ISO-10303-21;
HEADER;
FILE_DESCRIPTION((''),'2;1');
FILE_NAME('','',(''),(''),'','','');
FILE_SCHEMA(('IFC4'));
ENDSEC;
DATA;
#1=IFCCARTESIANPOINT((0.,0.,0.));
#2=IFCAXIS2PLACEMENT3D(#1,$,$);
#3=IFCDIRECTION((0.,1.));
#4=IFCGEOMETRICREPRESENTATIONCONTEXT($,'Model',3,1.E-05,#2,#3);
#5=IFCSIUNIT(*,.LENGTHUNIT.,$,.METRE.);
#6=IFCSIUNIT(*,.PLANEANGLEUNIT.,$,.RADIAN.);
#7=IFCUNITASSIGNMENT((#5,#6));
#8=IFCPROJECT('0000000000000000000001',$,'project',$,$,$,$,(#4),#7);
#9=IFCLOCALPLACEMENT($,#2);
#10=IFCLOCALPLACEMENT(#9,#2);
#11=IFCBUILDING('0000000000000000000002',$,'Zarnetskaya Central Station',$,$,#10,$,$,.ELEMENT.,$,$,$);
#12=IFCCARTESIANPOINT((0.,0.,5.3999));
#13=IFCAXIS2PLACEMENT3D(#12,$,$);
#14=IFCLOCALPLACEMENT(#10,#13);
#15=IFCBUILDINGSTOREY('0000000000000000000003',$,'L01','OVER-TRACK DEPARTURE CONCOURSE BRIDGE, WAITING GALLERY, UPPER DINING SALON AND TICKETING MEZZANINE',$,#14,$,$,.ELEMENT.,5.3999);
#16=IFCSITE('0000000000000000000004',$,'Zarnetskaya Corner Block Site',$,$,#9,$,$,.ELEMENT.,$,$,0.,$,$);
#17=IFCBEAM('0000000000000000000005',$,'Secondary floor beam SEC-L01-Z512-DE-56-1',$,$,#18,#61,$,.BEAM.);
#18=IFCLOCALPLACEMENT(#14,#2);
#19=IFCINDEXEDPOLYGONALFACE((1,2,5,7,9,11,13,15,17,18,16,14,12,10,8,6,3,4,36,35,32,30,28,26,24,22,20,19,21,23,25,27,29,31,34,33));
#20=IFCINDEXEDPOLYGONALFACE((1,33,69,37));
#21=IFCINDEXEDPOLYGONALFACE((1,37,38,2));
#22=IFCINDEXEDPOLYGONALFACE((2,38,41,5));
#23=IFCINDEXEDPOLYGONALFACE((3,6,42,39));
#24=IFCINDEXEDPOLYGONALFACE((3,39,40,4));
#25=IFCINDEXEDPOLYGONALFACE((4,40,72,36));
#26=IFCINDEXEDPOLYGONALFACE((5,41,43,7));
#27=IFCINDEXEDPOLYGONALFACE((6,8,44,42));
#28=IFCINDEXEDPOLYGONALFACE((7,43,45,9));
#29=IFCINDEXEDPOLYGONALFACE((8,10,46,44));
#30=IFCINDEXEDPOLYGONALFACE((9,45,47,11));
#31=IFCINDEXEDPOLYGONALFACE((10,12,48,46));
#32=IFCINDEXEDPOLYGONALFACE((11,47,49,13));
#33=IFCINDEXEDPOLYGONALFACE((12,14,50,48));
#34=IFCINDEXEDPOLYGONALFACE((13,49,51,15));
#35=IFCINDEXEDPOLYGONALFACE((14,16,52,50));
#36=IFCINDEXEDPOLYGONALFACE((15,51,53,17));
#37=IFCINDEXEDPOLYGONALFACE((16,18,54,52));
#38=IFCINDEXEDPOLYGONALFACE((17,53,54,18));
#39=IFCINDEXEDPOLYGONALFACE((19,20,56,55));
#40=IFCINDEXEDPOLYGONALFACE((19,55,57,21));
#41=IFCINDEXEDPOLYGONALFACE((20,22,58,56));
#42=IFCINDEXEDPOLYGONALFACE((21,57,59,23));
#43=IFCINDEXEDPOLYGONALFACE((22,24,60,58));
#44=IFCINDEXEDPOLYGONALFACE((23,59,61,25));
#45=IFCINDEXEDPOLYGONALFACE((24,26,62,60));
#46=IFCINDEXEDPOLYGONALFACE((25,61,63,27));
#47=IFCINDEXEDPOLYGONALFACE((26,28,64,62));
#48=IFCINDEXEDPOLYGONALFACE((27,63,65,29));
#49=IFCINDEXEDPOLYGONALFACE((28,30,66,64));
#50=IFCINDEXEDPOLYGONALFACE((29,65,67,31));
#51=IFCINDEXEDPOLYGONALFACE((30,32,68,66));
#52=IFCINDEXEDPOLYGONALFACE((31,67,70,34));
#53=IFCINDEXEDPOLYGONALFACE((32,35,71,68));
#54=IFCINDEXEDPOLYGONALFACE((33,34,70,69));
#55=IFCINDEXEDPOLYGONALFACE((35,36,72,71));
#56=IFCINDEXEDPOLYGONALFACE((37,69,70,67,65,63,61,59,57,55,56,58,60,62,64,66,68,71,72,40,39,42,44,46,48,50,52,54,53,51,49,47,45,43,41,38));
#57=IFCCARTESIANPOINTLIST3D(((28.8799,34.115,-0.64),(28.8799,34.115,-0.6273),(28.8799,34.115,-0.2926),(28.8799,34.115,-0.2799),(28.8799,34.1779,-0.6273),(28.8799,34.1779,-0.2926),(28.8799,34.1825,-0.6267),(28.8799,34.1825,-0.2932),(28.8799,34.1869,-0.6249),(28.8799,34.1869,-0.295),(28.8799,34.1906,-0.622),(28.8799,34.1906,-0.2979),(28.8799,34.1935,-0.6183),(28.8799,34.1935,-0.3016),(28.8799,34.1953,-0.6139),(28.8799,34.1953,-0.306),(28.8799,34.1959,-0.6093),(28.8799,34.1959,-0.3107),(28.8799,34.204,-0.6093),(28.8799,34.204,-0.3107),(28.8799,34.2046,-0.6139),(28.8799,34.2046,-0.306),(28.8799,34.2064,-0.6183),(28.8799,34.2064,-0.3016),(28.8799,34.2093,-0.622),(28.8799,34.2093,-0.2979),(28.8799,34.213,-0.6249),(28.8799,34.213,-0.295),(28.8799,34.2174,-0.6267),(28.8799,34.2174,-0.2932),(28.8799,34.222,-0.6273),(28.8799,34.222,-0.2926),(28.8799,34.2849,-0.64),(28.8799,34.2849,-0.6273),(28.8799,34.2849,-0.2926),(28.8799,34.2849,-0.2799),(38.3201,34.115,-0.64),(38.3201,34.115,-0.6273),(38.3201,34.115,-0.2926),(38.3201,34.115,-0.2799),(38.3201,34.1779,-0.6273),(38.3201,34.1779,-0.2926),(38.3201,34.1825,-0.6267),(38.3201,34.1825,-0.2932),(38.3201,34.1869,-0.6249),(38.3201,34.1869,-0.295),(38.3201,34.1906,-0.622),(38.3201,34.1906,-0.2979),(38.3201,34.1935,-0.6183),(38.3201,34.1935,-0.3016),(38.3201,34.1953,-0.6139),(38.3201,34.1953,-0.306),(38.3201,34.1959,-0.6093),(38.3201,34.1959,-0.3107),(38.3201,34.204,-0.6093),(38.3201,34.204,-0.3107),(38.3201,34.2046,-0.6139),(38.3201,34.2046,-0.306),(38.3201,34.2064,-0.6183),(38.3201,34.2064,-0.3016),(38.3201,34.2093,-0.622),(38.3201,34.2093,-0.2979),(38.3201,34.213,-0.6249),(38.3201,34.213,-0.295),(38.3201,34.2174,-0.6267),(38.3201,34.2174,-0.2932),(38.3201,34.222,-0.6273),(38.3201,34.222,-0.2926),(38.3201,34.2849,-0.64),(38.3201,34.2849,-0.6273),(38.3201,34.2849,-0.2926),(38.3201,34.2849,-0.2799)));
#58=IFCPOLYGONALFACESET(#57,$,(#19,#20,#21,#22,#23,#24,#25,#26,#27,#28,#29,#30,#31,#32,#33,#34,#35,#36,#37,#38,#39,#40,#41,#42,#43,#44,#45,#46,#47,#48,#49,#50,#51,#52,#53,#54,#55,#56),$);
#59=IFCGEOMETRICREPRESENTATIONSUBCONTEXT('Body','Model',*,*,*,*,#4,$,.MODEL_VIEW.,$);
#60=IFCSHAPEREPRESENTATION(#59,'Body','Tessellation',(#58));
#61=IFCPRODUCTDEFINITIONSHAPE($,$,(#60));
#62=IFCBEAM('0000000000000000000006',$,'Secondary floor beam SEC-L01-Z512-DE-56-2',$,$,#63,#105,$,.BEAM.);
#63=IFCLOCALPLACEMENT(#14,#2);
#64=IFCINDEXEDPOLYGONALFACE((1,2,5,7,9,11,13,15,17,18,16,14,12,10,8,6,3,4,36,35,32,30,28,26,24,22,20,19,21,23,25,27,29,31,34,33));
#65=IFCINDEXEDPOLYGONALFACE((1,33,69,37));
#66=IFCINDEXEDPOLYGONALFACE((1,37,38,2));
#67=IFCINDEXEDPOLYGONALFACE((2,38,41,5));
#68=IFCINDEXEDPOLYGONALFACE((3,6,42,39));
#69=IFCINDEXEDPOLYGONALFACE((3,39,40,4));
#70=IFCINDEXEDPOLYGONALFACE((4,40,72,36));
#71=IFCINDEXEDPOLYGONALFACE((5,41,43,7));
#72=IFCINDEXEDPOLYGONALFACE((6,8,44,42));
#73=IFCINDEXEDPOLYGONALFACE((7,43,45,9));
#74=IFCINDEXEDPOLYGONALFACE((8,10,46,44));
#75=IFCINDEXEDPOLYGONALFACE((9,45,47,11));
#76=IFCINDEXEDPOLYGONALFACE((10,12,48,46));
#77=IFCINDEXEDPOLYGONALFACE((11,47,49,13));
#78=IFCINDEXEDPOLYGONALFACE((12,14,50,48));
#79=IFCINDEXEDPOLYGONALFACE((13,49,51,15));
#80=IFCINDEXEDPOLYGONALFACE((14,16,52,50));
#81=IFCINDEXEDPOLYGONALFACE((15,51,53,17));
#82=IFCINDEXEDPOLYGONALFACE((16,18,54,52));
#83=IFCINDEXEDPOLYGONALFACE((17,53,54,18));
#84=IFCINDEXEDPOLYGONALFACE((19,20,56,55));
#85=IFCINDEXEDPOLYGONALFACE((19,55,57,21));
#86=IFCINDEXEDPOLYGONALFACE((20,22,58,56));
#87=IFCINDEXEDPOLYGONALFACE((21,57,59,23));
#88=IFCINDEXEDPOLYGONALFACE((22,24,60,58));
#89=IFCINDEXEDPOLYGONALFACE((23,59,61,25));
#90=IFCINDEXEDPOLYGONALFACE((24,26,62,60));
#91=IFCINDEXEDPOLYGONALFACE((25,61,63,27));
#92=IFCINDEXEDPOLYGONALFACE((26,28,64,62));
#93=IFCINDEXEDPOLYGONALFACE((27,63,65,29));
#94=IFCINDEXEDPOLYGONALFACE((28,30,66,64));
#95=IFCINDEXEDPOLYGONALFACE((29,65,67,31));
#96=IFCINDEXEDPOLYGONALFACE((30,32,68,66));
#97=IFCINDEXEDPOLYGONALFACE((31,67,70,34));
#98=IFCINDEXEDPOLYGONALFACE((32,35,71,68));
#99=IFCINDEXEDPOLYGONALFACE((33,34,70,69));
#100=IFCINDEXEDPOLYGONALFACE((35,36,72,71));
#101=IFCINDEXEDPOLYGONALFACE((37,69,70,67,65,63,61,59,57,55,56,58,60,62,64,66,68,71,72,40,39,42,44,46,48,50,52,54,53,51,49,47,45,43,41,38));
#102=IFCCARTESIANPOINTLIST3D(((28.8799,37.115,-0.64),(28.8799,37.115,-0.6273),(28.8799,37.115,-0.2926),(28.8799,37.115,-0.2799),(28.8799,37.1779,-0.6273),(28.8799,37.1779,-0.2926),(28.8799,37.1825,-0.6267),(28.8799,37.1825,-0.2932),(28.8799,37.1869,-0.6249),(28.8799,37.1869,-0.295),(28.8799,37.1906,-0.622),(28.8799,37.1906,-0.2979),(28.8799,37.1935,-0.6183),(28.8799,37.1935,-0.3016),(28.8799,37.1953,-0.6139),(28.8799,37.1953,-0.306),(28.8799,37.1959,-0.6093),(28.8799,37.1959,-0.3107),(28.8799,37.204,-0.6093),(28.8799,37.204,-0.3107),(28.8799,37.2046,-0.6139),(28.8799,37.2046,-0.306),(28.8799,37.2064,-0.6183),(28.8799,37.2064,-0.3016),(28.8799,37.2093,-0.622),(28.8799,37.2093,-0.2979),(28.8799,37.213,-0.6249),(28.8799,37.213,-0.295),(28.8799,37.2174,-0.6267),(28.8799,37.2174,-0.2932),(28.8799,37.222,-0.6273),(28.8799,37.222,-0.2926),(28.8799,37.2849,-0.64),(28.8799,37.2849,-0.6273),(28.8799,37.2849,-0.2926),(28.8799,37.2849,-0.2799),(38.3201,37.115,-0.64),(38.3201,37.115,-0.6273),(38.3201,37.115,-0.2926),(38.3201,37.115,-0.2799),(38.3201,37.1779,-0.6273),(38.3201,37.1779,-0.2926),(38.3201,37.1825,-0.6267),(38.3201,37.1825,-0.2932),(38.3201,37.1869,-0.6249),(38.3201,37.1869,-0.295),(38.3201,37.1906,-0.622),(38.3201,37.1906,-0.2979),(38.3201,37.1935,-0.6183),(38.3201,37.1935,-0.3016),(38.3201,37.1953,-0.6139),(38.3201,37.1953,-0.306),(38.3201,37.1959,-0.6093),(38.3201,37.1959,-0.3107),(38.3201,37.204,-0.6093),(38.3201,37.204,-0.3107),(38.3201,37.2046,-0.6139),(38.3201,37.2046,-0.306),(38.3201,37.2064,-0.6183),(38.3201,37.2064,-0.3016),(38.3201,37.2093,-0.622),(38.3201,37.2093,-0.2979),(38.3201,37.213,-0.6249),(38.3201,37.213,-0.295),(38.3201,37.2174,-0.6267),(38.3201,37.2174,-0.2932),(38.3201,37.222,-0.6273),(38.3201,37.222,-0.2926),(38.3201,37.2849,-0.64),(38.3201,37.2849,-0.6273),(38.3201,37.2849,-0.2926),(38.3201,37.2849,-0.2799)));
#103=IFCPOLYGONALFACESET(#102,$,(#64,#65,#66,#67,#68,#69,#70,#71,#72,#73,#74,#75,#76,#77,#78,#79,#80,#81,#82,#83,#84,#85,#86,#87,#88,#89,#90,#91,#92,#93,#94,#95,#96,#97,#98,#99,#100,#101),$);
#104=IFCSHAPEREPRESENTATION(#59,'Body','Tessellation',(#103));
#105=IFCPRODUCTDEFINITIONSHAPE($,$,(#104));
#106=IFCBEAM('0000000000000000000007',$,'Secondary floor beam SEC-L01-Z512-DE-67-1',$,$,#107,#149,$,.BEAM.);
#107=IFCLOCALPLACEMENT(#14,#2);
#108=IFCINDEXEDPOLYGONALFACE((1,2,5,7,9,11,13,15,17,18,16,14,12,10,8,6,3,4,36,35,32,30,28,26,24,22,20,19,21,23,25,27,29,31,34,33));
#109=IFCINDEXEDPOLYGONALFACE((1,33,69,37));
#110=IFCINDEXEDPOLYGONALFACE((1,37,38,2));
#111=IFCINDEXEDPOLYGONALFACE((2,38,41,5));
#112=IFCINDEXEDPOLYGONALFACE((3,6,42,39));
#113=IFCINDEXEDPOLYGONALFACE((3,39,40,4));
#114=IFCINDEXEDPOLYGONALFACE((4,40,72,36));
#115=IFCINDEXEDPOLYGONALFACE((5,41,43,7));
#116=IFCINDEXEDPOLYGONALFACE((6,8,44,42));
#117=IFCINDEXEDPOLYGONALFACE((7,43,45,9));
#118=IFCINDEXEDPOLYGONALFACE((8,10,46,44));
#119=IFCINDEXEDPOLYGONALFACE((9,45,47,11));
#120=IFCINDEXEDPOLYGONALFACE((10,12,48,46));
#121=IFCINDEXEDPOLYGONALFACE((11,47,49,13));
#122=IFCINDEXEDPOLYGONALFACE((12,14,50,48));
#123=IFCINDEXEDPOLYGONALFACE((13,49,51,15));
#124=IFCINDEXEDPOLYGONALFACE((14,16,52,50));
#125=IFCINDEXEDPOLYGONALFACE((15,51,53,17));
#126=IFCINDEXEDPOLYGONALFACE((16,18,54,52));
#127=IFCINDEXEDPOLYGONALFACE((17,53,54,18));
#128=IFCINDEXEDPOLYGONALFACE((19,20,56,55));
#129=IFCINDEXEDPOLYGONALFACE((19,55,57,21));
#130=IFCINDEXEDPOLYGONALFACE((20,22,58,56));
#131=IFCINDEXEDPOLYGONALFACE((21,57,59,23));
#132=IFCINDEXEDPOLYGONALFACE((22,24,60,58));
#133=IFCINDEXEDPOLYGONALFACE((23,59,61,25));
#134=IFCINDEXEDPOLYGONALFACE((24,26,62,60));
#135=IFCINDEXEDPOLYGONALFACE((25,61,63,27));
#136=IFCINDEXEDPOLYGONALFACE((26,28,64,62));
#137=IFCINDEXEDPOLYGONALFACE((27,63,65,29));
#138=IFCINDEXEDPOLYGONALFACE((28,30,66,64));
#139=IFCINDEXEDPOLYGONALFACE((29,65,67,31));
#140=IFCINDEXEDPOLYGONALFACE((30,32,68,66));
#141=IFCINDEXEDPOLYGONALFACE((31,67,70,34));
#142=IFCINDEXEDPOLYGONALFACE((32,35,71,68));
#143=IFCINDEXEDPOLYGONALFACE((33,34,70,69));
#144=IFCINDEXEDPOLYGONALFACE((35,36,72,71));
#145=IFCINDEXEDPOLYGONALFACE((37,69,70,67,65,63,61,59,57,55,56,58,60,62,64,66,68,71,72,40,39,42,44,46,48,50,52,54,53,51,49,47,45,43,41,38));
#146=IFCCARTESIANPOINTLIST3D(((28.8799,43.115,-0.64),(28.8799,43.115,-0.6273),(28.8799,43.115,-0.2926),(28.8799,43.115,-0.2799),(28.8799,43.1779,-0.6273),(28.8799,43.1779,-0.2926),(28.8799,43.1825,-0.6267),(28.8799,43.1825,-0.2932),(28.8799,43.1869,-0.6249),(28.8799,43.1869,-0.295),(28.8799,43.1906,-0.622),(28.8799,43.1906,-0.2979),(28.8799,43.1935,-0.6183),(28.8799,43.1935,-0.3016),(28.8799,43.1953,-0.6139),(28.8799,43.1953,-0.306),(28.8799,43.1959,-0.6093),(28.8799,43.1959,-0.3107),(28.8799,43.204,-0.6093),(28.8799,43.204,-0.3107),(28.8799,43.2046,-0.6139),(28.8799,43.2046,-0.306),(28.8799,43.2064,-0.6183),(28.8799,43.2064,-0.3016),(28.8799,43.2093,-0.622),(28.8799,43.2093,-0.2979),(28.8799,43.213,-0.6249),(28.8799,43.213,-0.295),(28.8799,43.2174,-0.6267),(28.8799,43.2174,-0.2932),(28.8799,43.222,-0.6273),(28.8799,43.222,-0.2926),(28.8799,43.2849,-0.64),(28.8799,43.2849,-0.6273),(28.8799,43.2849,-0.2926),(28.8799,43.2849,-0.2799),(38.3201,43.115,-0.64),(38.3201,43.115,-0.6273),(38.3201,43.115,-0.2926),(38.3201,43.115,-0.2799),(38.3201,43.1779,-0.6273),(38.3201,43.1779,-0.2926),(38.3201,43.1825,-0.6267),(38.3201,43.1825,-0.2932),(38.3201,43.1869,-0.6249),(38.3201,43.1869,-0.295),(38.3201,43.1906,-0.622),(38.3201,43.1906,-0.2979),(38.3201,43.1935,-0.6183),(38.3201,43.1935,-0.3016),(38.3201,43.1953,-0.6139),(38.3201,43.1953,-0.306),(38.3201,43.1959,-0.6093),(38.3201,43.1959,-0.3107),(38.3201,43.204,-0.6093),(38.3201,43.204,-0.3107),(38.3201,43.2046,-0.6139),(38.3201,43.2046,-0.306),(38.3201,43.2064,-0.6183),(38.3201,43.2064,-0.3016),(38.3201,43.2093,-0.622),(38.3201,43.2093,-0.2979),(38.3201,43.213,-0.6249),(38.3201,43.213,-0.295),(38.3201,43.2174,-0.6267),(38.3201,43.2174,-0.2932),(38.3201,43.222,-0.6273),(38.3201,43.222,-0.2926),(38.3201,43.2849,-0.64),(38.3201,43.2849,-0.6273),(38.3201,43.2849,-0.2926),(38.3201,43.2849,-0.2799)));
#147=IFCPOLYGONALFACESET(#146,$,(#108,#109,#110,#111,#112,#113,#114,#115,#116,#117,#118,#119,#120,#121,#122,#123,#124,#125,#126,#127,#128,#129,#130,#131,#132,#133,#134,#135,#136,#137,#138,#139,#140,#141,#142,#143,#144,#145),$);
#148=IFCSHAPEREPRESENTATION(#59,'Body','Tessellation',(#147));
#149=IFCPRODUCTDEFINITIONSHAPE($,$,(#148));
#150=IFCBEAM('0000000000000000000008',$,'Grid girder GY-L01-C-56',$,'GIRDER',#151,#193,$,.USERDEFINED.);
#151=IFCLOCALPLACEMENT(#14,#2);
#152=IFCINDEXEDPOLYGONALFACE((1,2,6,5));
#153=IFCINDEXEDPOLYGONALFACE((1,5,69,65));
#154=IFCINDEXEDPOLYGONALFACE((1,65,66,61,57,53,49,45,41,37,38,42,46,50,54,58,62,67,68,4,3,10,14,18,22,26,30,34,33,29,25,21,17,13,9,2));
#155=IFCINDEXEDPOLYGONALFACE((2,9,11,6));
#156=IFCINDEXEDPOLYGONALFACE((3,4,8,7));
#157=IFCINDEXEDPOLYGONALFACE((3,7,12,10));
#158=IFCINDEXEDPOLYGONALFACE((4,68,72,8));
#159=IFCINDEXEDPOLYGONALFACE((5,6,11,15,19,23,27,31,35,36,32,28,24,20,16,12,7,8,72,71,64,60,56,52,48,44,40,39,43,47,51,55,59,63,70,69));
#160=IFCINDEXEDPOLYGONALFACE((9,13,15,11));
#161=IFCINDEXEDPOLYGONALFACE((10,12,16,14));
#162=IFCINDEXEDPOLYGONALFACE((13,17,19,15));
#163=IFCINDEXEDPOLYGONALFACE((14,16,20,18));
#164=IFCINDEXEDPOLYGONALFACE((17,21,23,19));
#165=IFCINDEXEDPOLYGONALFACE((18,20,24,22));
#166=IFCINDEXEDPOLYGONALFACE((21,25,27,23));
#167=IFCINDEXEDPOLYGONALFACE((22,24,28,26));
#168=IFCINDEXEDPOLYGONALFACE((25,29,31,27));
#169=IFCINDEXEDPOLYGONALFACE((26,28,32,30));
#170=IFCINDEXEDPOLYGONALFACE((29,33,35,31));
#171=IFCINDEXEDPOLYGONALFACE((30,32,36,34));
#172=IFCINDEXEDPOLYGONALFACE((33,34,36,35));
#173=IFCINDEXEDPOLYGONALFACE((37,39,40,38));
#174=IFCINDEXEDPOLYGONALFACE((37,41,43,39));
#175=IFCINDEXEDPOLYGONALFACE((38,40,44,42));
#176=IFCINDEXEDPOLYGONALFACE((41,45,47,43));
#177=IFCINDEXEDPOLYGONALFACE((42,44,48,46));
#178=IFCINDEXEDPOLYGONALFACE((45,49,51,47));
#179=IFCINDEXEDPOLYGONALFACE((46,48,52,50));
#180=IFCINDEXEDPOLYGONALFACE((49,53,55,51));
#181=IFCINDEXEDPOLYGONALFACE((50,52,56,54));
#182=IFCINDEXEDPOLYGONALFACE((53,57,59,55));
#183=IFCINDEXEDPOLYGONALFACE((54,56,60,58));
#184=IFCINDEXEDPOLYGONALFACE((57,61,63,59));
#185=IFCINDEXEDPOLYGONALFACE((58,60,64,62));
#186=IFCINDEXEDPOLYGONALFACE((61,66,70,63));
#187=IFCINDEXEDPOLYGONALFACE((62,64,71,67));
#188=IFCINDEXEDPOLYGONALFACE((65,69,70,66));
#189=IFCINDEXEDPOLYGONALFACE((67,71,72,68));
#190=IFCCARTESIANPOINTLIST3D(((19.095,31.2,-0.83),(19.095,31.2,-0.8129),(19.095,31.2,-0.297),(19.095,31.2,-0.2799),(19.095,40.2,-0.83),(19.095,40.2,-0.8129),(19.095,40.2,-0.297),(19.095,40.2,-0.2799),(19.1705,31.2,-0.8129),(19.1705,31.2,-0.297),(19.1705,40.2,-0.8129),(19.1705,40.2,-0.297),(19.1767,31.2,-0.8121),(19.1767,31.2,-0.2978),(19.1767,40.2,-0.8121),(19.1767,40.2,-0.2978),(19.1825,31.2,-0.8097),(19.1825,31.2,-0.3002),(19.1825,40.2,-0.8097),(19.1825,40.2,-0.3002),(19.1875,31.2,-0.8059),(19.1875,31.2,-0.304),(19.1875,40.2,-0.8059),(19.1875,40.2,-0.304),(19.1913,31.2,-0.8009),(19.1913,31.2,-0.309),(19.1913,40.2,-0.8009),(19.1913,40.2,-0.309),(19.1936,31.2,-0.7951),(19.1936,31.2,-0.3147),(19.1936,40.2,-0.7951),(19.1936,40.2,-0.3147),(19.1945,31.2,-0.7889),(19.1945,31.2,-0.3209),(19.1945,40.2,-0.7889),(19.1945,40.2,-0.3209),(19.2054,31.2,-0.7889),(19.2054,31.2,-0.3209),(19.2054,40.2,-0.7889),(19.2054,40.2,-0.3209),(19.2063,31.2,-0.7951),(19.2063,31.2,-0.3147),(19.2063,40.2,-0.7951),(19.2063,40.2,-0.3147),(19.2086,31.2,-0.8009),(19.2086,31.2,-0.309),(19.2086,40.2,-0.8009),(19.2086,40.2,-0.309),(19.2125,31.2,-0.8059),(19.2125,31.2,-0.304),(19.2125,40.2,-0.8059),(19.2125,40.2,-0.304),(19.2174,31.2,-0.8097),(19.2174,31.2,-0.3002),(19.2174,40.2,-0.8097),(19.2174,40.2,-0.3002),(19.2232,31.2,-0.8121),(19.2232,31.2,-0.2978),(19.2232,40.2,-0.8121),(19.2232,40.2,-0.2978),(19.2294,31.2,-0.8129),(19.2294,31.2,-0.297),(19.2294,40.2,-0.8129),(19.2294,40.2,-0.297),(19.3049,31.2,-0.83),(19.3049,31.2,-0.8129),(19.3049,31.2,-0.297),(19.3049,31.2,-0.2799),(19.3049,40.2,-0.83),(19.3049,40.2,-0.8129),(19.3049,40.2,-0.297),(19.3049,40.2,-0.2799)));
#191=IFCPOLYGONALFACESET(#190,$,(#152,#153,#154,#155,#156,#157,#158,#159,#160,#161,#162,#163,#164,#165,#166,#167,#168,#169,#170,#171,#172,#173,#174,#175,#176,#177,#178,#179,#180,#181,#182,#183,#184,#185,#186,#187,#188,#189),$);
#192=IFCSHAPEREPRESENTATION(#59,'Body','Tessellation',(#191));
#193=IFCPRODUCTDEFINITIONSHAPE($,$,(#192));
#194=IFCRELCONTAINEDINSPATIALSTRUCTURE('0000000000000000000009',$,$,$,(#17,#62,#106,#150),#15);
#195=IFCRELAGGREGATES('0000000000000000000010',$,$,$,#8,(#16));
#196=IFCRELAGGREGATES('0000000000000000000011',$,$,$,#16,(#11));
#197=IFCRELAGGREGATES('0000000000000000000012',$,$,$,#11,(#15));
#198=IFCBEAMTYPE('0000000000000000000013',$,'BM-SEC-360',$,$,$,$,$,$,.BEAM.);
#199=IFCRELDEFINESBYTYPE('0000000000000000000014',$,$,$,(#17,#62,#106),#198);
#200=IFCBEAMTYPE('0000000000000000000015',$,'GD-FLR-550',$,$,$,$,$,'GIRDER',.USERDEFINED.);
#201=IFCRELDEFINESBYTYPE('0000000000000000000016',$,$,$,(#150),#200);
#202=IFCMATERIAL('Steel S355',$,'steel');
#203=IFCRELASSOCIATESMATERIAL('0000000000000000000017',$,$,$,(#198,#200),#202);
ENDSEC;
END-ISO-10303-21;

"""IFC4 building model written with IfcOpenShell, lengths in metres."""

from ifc_helpers import new_model, si_unit, direction, frame, origin, origin_2d, place, context, subcontext, project, spatial, i_section, extrude, material, material_profile, profile_set, type_object, element, save


model = new_model("IFC4")

# Units and contexts
model_context = context("Model", 3, precision=1e-05, world=origin(), true_north=direction((0.0, 1.0)))
body_context = subcontext(model_context, "Body", "Model", "MODEL_VIEW")
ifc_project = project(units=[si_unit("LENGTHUNIT", "METRE"), si_unit("PLANEANGLEUNIT", "RADIAN")], contexts=[model_context])

# Site, building, storey
site_placement = place(None, origin())
site = spatial("IfcSite", under=ifc_project, at=site_placement, Name="Zarnetskaya Corner Block Site", CompositionType="ELEMENT", RefElevation=0.0)
building_placement = place(site_placement, origin())
building = spatial("IfcBuilding", under=site, at=building_placement, Name="Zarnetskaya Central Station", CompositionType="ELEMENT")
storey_placement = place(building_placement, frame((0.0, 0.0, 5.3999)))
storey = spatial("IfcBuildingStorey", under=building, at=storey_placement, Name="L01", Description="OVER-TRACK DEPARTURE CONCOURSE BRIDGE, WAITING GALLERY, UPPER DINING SALON AND TICKETING MEZZANINE", CompositionType="ELEMENT", Elevation=5.3999)

# Shared definitions
ifc_material_1 = material(Name="Steel S355", Category="steel")

# Beams
ifc_material_profile_1 = material_profile(ifc_material_1, i_section(OverallWidth=0.1699, OverallDepth=0.3601, WebThickness=0.0081, FlangeThickness=0.0127, FilletRadius=0.0181, at=origin_2d()), Name="IPE 360")
ifc_profile_set_1 = profile_set([ifc_material_profile_1], Name="Steel S355")
beam_type_1 = type_object("IfcBeamType", Name="BM-SEC-360", PredefinedType="BEAM", material=ifc_profile_set_1)
for number, where, z_axis, x_axis, name in (
    (1, (28.8799, 34.2, -0.46), (1.0, 0.0, 0.0), (0.0, 1.0, 0.0), "Secondary floor beam SEC-L01-Z512-DE-56-1"),
    (2, (28.8799, 37.2, -0.46), (1.0, 0.0, 0.0), (0.0, 1.0, 0.0), "Secondary floor beam SEC-L01-Z512-DE-56-2"),
    (3, (28.8799, 43.2, -0.46), (1.0, 0.0, 0.0), (0.0, 1.0, 0.0), "Secondary floor beam SEC-L01-Z512-DE-67-1"),
):
    element("IfcBeam", number, at=place(storey_placement, frame(where, z_axis=z_axis, x_axis=x_axis)), inside=storey, type_object=beam_type_1, Name=name, PredefinedType="BEAM", context=body_context, shape_type="SweptSolid", body=[
        extrude(i_section(OverallWidth=0.1699, OverallDepth=0.3601, WebThickness=0.0081, FlangeThickness=0.0127, FilletRadius=0.0181, at=origin_2d()), origin(), (0.0, 0.0, 1.0), 9.4402),
    ])
ifc_material_profile_2 = material_profile(ifc_material_1, i_section(OverallWidth=0.21, OverallDepth=0.55, WebThickness=0.011, FlangeThickness=0.0171, FilletRadius=0.0239, at=origin_2d()), Name="IPE 550")
ifc_profile_set_2 = profile_set([ifc_material_profile_2], Name="Steel S355")
beam_type_2 = type_object("IfcBeamType", Name="GD-FLR-550", ElementType="GIRDER", PredefinedType="USERDEFINED", material=ifc_profile_set_2)
for number, where, z_axis, x_axis, name in (
    (4, (19.2, 31.2, -0.5549), (0.0, 1.0, 0.0), (-1.0, 0.0, 0.0), "Grid girder GY-L01-C-56"),
):
    element("IfcBeam", number, at=place(storey_placement, frame(where, z_axis=z_axis, x_axis=x_axis)), inside=storey, type_object=beam_type_2, Name=name, ObjectType="GIRDER", PredefinedType="USERDEFINED", context=body_context, shape_type="SweptSolid", body=[
        extrude(i_section(OverallWidth=0.21, OverallDepth=0.55, WebThickness=0.011, FlangeThickness=0.0171, FilletRadius=0.0239, at=origin_2d()), origin(), (0.0, 0.0, 1.0), 9.0),
    ])

save(model, "model.ifc")
